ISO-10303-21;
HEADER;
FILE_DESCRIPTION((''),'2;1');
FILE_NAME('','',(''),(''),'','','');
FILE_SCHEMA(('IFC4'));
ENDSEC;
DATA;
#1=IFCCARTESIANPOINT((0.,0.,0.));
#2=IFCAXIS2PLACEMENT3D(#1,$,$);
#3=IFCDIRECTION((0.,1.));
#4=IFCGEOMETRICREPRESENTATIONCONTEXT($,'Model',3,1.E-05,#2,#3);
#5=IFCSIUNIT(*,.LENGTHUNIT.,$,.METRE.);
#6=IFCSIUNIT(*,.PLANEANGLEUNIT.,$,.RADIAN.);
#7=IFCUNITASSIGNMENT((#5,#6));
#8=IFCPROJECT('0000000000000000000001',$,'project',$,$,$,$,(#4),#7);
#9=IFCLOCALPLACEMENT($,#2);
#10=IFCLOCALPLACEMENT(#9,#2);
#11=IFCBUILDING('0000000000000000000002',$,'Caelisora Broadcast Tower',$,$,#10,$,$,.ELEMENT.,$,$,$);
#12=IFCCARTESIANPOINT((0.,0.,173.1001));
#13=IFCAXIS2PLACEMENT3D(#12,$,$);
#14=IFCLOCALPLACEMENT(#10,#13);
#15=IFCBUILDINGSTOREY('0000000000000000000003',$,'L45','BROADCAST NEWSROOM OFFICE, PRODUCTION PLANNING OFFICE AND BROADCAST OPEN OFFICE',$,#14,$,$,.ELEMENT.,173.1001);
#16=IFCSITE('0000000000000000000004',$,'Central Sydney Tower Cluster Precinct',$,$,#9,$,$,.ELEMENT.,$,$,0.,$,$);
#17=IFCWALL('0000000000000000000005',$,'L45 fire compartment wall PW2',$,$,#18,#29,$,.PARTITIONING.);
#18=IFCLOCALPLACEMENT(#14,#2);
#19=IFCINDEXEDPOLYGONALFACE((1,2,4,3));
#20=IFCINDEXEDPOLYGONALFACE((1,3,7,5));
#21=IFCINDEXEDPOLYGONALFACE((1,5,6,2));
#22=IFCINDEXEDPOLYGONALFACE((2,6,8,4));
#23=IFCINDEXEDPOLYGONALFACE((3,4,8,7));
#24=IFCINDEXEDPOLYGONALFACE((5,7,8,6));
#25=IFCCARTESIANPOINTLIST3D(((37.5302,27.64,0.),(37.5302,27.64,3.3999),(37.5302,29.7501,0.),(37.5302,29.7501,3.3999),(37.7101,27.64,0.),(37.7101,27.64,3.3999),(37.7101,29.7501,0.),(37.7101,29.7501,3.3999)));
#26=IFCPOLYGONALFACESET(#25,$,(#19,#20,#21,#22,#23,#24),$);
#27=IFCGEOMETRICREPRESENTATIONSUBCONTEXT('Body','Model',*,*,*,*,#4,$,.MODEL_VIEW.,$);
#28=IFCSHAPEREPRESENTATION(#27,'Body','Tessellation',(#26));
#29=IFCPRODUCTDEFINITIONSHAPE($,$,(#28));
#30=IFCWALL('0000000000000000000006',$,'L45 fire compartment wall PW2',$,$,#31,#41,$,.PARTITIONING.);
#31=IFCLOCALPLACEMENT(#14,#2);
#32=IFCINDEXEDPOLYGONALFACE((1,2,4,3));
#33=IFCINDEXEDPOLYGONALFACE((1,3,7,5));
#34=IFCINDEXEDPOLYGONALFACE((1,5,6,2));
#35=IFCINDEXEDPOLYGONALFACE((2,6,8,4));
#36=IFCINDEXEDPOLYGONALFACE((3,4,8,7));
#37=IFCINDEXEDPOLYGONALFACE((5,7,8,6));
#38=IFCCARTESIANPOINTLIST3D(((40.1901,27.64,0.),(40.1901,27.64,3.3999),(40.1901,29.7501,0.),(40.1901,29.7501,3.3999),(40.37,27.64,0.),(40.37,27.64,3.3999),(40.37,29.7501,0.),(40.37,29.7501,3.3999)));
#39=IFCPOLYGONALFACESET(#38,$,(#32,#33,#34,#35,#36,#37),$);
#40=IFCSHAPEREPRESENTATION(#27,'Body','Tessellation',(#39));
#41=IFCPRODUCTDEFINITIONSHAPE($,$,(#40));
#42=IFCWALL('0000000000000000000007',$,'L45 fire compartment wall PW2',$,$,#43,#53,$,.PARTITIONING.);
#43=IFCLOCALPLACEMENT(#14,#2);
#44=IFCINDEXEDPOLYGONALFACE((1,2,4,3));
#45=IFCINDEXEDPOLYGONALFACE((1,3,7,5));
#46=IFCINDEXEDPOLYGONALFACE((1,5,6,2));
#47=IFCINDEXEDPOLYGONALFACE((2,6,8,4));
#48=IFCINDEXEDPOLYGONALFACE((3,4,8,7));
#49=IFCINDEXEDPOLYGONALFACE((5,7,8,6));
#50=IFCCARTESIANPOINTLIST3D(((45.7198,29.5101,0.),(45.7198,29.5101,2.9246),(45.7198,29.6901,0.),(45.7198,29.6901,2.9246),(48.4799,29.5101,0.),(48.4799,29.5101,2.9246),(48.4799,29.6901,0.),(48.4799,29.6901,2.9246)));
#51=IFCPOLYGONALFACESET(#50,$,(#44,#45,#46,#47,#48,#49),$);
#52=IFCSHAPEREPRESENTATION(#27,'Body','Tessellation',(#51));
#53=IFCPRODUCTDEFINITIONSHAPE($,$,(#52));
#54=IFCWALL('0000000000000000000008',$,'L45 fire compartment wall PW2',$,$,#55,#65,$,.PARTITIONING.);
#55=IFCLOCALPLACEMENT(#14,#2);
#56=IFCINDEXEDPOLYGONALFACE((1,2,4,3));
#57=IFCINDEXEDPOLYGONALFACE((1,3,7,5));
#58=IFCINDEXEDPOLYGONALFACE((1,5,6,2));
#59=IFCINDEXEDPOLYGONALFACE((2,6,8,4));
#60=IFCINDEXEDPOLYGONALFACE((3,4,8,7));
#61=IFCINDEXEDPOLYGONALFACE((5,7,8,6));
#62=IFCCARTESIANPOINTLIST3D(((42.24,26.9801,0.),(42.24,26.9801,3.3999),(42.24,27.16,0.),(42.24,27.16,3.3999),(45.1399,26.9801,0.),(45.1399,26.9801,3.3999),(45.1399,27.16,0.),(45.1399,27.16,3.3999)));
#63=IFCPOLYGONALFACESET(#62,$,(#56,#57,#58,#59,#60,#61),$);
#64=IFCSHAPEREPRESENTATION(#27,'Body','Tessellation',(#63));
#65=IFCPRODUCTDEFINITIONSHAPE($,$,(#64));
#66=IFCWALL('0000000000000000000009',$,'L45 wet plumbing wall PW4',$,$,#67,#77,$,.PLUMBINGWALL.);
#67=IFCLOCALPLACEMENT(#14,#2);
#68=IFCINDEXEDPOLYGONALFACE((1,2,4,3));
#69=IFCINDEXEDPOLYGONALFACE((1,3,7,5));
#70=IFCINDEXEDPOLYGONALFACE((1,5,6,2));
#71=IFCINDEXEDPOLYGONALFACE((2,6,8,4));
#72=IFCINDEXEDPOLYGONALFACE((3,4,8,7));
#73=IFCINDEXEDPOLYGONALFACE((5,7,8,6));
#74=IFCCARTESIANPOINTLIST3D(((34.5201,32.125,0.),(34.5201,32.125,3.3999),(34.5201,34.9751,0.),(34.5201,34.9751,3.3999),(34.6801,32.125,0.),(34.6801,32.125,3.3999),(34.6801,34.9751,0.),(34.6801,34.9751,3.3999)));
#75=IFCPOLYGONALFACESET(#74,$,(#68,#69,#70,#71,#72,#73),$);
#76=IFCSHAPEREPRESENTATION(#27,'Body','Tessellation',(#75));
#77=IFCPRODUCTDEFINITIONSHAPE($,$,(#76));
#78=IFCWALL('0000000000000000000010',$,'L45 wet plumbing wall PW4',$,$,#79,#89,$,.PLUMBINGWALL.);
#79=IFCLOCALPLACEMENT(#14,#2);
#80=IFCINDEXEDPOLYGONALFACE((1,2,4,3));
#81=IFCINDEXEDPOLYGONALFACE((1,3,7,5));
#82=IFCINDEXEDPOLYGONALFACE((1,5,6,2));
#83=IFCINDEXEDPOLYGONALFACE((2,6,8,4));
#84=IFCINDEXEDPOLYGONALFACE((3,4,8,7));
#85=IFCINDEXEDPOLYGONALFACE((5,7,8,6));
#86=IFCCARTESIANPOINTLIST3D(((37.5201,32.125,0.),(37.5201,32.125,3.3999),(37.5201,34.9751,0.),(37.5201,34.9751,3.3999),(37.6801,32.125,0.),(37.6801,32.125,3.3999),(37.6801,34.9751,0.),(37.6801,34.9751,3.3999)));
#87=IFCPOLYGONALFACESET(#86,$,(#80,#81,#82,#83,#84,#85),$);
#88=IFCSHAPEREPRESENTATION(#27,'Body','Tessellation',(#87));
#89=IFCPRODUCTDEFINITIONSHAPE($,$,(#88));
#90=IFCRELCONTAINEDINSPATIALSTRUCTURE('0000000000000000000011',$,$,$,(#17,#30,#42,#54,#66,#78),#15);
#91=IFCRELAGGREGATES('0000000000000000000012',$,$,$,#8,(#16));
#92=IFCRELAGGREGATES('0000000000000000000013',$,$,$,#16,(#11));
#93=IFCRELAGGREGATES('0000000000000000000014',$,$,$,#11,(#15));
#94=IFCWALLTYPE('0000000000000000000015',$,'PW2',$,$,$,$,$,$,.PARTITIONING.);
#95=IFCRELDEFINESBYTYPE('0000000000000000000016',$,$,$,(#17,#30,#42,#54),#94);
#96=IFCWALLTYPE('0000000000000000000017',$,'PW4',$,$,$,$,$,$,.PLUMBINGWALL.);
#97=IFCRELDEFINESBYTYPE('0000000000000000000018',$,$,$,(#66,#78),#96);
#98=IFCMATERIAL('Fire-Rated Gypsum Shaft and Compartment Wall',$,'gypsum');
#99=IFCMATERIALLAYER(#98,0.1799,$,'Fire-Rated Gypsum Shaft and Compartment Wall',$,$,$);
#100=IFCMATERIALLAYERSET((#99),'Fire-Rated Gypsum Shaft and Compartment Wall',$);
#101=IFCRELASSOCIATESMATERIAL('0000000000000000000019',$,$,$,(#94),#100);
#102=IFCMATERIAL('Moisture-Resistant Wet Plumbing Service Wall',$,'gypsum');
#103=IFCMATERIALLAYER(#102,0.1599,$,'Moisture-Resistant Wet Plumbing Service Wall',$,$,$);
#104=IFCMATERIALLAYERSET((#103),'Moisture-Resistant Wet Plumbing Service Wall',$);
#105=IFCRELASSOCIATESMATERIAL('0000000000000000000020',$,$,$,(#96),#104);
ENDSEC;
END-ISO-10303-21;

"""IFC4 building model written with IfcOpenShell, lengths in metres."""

from ifc_helpers import new_model, si_unit, direction, frame, frame_2d, origin, place, context, subcontext, project, spatial, rectangle, extrude, material, layer, layer_set, type_object, element, save


model = new_model("IFC4")

# Units and contexts
model_context = context("Model", 3, precision=1e-05, world=origin(), true_north=direction((0.0, 1.0)))
body_context = subcontext(model_context, "Body", "Model", "MODEL_VIEW")
ifc_project = project(units=[si_unit("LENGTHUNIT", "METRE"), si_unit("PLANEANGLEUNIT", "RADIAN")], contexts=[model_context])

# Site, building, storey
site_placement = place(None, origin())
site = spatial("IfcSite", under=ifc_project, at=site_placement, Name="Central Sydney Tower Cluster Precinct", CompositionType="ELEMENT", RefElevation=0.0)
building_placement = place(site_placement, origin())
building = spatial("IfcBuilding", under=site, at=building_placement, Name="Caelisora Broadcast Tower", CompositionType="ELEMENT")
storey_placement = place(building_placement, frame((0.0, 0.0, 173.1001)))
storey = spatial("IfcBuildingStorey", under=building, at=storey_placement, Name="L45", Description="BROADCAST NEWSROOM OFFICE, PRODUCTION PLANNING OFFICE AND BROADCAST OPEN OFFICE", CompositionType="ELEMENT", Elevation=173.1001)

# Shared definitions
ifc_material_1 = material(Name="Fire-Rated Gypsum Shaft and Compartment Wall", Category="gypsum")
ifc_layer_1 = layer(ifc_material_1, 0.1799, Name="Fire-Rated Gypsum Shaft and Compartment Wall")
ifc_layer_set_1 = layer_set([ifc_layer_1], Name="Fire-Rated Gypsum Shaft and Compartment Wall")
wall_type_1 = type_object("IfcWallType", Name="PW2", PredefinedType="PARTITIONING", material=ifc_layer_set_1)

# Walls
for number, where, z_axis, x_axis, name in (
    (1, (37.6201, 27.6399, 0.0), (0.0, 0.0, 1.0), (0.0, 1.0, 0.0), "L45 fire compartment wall PW2"),
    (2, (40.28, 27.6399, 0.0), (0.0, 0.0, 1.0), (0.0, 1.0, 0.0), "L45 fire compartment wall PW2"),
):
    element("IfcWall", number, at=place(storey_placement, frame(where, z_axis=z_axis, x_axis=x_axis)), inside=storey, type_object=wall_type_1, Name=name, PredefinedType="PARTITIONING", context=body_context, shape_type="SweptSolid", body=[
        extrude(rectangle(XDim=2.1101, YDim=0.1799, at=frame_2d((1.0552, 0.0))), origin(), (0.0, 0.0, 1.0), 3.3999),
    ])
wall_1_placement = place(storey_placement, frame((45.72, 29.6001, 0.0), z_axis=(0.0, 0.0, 1.0), x_axis=(1.0, 0.0, 0.0)))
element("IfcWall", 3, at=wall_1_placement, inside=storey, type_object=wall_type_1, Name="L45 fire compartment wall PW2", PredefinedType="PARTITIONING", context=body_context, shape_type="SweptSolid", body=[
    extrude(rectangle(XDim=2.76, YDim=0.1799, at=frame_2d((1.3799, 0.0))), origin(), (0.0, 0.0, 1.0), 2.9246),
])
wall_2_placement = place(storey_placement, frame((42.24, 27.0701, 0.0), z_axis=(0.0, 0.0, 1.0), x_axis=(1.0, 0.0, 0.0)))
element("IfcWall", 4, at=wall_2_placement, inside=storey, type_object=wall_type_1, Name="L45 fire compartment wall PW2", PredefinedType="PARTITIONING", context=body_context, shape_type="SweptSolid", body=[
    extrude(rectangle(XDim=2.8999, YDim=0.1799, at=frame_2d((1.45, 0.0))), origin(), (0.0, 0.0, 1.0), 3.3999),
])
ifc_material_2 = material(Name="Moisture-Resistant Wet Plumbing Service Wall", Category="gypsum")
ifc_layer_2 = layer(ifc_material_2, 0.1599, Name="Moisture-Resistant Wet Plumbing Service Wall")
ifc_layer_set_2 = layer_set([ifc_layer_2], Name="Moisture-Resistant Wet Plumbing Service Wall")
wall_type_2 = type_object("IfcWallType", Name="PW4", PredefinedType="PLUMBINGWALL", material=ifc_layer_set_2)
for number, where, z_axis, x_axis, name in (
    (5, (34.6001, 32.125, 0.0), (0.0, 0.0, 1.0), (0.0, 1.0, 0.0), "L45 wet plumbing wall PW4"),
    (6, (37.6001, 32.125, 0.0), (0.0, 0.0, 1.0), (0.0, 1.0, 0.0), "L45 wet plumbing wall PW4"),
):
    element("IfcWall", number, at=place(storey_placement, frame(where, z_axis=z_axis, x_axis=x_axis)), inside=storey, type_object=wall_type_2, Name=name, PredefinedType="PLUMBINGWALL", context=body_context, shape_type="SweptSolid", body=[
        extrude(rectangle(XDim=2.8501, YDim=0.1599, at=frame_2d((1.425, 0.0))), origin(), (0.0, 0.0, 1.0), 3.3999),
    ])

save(model, "model.ifc")
